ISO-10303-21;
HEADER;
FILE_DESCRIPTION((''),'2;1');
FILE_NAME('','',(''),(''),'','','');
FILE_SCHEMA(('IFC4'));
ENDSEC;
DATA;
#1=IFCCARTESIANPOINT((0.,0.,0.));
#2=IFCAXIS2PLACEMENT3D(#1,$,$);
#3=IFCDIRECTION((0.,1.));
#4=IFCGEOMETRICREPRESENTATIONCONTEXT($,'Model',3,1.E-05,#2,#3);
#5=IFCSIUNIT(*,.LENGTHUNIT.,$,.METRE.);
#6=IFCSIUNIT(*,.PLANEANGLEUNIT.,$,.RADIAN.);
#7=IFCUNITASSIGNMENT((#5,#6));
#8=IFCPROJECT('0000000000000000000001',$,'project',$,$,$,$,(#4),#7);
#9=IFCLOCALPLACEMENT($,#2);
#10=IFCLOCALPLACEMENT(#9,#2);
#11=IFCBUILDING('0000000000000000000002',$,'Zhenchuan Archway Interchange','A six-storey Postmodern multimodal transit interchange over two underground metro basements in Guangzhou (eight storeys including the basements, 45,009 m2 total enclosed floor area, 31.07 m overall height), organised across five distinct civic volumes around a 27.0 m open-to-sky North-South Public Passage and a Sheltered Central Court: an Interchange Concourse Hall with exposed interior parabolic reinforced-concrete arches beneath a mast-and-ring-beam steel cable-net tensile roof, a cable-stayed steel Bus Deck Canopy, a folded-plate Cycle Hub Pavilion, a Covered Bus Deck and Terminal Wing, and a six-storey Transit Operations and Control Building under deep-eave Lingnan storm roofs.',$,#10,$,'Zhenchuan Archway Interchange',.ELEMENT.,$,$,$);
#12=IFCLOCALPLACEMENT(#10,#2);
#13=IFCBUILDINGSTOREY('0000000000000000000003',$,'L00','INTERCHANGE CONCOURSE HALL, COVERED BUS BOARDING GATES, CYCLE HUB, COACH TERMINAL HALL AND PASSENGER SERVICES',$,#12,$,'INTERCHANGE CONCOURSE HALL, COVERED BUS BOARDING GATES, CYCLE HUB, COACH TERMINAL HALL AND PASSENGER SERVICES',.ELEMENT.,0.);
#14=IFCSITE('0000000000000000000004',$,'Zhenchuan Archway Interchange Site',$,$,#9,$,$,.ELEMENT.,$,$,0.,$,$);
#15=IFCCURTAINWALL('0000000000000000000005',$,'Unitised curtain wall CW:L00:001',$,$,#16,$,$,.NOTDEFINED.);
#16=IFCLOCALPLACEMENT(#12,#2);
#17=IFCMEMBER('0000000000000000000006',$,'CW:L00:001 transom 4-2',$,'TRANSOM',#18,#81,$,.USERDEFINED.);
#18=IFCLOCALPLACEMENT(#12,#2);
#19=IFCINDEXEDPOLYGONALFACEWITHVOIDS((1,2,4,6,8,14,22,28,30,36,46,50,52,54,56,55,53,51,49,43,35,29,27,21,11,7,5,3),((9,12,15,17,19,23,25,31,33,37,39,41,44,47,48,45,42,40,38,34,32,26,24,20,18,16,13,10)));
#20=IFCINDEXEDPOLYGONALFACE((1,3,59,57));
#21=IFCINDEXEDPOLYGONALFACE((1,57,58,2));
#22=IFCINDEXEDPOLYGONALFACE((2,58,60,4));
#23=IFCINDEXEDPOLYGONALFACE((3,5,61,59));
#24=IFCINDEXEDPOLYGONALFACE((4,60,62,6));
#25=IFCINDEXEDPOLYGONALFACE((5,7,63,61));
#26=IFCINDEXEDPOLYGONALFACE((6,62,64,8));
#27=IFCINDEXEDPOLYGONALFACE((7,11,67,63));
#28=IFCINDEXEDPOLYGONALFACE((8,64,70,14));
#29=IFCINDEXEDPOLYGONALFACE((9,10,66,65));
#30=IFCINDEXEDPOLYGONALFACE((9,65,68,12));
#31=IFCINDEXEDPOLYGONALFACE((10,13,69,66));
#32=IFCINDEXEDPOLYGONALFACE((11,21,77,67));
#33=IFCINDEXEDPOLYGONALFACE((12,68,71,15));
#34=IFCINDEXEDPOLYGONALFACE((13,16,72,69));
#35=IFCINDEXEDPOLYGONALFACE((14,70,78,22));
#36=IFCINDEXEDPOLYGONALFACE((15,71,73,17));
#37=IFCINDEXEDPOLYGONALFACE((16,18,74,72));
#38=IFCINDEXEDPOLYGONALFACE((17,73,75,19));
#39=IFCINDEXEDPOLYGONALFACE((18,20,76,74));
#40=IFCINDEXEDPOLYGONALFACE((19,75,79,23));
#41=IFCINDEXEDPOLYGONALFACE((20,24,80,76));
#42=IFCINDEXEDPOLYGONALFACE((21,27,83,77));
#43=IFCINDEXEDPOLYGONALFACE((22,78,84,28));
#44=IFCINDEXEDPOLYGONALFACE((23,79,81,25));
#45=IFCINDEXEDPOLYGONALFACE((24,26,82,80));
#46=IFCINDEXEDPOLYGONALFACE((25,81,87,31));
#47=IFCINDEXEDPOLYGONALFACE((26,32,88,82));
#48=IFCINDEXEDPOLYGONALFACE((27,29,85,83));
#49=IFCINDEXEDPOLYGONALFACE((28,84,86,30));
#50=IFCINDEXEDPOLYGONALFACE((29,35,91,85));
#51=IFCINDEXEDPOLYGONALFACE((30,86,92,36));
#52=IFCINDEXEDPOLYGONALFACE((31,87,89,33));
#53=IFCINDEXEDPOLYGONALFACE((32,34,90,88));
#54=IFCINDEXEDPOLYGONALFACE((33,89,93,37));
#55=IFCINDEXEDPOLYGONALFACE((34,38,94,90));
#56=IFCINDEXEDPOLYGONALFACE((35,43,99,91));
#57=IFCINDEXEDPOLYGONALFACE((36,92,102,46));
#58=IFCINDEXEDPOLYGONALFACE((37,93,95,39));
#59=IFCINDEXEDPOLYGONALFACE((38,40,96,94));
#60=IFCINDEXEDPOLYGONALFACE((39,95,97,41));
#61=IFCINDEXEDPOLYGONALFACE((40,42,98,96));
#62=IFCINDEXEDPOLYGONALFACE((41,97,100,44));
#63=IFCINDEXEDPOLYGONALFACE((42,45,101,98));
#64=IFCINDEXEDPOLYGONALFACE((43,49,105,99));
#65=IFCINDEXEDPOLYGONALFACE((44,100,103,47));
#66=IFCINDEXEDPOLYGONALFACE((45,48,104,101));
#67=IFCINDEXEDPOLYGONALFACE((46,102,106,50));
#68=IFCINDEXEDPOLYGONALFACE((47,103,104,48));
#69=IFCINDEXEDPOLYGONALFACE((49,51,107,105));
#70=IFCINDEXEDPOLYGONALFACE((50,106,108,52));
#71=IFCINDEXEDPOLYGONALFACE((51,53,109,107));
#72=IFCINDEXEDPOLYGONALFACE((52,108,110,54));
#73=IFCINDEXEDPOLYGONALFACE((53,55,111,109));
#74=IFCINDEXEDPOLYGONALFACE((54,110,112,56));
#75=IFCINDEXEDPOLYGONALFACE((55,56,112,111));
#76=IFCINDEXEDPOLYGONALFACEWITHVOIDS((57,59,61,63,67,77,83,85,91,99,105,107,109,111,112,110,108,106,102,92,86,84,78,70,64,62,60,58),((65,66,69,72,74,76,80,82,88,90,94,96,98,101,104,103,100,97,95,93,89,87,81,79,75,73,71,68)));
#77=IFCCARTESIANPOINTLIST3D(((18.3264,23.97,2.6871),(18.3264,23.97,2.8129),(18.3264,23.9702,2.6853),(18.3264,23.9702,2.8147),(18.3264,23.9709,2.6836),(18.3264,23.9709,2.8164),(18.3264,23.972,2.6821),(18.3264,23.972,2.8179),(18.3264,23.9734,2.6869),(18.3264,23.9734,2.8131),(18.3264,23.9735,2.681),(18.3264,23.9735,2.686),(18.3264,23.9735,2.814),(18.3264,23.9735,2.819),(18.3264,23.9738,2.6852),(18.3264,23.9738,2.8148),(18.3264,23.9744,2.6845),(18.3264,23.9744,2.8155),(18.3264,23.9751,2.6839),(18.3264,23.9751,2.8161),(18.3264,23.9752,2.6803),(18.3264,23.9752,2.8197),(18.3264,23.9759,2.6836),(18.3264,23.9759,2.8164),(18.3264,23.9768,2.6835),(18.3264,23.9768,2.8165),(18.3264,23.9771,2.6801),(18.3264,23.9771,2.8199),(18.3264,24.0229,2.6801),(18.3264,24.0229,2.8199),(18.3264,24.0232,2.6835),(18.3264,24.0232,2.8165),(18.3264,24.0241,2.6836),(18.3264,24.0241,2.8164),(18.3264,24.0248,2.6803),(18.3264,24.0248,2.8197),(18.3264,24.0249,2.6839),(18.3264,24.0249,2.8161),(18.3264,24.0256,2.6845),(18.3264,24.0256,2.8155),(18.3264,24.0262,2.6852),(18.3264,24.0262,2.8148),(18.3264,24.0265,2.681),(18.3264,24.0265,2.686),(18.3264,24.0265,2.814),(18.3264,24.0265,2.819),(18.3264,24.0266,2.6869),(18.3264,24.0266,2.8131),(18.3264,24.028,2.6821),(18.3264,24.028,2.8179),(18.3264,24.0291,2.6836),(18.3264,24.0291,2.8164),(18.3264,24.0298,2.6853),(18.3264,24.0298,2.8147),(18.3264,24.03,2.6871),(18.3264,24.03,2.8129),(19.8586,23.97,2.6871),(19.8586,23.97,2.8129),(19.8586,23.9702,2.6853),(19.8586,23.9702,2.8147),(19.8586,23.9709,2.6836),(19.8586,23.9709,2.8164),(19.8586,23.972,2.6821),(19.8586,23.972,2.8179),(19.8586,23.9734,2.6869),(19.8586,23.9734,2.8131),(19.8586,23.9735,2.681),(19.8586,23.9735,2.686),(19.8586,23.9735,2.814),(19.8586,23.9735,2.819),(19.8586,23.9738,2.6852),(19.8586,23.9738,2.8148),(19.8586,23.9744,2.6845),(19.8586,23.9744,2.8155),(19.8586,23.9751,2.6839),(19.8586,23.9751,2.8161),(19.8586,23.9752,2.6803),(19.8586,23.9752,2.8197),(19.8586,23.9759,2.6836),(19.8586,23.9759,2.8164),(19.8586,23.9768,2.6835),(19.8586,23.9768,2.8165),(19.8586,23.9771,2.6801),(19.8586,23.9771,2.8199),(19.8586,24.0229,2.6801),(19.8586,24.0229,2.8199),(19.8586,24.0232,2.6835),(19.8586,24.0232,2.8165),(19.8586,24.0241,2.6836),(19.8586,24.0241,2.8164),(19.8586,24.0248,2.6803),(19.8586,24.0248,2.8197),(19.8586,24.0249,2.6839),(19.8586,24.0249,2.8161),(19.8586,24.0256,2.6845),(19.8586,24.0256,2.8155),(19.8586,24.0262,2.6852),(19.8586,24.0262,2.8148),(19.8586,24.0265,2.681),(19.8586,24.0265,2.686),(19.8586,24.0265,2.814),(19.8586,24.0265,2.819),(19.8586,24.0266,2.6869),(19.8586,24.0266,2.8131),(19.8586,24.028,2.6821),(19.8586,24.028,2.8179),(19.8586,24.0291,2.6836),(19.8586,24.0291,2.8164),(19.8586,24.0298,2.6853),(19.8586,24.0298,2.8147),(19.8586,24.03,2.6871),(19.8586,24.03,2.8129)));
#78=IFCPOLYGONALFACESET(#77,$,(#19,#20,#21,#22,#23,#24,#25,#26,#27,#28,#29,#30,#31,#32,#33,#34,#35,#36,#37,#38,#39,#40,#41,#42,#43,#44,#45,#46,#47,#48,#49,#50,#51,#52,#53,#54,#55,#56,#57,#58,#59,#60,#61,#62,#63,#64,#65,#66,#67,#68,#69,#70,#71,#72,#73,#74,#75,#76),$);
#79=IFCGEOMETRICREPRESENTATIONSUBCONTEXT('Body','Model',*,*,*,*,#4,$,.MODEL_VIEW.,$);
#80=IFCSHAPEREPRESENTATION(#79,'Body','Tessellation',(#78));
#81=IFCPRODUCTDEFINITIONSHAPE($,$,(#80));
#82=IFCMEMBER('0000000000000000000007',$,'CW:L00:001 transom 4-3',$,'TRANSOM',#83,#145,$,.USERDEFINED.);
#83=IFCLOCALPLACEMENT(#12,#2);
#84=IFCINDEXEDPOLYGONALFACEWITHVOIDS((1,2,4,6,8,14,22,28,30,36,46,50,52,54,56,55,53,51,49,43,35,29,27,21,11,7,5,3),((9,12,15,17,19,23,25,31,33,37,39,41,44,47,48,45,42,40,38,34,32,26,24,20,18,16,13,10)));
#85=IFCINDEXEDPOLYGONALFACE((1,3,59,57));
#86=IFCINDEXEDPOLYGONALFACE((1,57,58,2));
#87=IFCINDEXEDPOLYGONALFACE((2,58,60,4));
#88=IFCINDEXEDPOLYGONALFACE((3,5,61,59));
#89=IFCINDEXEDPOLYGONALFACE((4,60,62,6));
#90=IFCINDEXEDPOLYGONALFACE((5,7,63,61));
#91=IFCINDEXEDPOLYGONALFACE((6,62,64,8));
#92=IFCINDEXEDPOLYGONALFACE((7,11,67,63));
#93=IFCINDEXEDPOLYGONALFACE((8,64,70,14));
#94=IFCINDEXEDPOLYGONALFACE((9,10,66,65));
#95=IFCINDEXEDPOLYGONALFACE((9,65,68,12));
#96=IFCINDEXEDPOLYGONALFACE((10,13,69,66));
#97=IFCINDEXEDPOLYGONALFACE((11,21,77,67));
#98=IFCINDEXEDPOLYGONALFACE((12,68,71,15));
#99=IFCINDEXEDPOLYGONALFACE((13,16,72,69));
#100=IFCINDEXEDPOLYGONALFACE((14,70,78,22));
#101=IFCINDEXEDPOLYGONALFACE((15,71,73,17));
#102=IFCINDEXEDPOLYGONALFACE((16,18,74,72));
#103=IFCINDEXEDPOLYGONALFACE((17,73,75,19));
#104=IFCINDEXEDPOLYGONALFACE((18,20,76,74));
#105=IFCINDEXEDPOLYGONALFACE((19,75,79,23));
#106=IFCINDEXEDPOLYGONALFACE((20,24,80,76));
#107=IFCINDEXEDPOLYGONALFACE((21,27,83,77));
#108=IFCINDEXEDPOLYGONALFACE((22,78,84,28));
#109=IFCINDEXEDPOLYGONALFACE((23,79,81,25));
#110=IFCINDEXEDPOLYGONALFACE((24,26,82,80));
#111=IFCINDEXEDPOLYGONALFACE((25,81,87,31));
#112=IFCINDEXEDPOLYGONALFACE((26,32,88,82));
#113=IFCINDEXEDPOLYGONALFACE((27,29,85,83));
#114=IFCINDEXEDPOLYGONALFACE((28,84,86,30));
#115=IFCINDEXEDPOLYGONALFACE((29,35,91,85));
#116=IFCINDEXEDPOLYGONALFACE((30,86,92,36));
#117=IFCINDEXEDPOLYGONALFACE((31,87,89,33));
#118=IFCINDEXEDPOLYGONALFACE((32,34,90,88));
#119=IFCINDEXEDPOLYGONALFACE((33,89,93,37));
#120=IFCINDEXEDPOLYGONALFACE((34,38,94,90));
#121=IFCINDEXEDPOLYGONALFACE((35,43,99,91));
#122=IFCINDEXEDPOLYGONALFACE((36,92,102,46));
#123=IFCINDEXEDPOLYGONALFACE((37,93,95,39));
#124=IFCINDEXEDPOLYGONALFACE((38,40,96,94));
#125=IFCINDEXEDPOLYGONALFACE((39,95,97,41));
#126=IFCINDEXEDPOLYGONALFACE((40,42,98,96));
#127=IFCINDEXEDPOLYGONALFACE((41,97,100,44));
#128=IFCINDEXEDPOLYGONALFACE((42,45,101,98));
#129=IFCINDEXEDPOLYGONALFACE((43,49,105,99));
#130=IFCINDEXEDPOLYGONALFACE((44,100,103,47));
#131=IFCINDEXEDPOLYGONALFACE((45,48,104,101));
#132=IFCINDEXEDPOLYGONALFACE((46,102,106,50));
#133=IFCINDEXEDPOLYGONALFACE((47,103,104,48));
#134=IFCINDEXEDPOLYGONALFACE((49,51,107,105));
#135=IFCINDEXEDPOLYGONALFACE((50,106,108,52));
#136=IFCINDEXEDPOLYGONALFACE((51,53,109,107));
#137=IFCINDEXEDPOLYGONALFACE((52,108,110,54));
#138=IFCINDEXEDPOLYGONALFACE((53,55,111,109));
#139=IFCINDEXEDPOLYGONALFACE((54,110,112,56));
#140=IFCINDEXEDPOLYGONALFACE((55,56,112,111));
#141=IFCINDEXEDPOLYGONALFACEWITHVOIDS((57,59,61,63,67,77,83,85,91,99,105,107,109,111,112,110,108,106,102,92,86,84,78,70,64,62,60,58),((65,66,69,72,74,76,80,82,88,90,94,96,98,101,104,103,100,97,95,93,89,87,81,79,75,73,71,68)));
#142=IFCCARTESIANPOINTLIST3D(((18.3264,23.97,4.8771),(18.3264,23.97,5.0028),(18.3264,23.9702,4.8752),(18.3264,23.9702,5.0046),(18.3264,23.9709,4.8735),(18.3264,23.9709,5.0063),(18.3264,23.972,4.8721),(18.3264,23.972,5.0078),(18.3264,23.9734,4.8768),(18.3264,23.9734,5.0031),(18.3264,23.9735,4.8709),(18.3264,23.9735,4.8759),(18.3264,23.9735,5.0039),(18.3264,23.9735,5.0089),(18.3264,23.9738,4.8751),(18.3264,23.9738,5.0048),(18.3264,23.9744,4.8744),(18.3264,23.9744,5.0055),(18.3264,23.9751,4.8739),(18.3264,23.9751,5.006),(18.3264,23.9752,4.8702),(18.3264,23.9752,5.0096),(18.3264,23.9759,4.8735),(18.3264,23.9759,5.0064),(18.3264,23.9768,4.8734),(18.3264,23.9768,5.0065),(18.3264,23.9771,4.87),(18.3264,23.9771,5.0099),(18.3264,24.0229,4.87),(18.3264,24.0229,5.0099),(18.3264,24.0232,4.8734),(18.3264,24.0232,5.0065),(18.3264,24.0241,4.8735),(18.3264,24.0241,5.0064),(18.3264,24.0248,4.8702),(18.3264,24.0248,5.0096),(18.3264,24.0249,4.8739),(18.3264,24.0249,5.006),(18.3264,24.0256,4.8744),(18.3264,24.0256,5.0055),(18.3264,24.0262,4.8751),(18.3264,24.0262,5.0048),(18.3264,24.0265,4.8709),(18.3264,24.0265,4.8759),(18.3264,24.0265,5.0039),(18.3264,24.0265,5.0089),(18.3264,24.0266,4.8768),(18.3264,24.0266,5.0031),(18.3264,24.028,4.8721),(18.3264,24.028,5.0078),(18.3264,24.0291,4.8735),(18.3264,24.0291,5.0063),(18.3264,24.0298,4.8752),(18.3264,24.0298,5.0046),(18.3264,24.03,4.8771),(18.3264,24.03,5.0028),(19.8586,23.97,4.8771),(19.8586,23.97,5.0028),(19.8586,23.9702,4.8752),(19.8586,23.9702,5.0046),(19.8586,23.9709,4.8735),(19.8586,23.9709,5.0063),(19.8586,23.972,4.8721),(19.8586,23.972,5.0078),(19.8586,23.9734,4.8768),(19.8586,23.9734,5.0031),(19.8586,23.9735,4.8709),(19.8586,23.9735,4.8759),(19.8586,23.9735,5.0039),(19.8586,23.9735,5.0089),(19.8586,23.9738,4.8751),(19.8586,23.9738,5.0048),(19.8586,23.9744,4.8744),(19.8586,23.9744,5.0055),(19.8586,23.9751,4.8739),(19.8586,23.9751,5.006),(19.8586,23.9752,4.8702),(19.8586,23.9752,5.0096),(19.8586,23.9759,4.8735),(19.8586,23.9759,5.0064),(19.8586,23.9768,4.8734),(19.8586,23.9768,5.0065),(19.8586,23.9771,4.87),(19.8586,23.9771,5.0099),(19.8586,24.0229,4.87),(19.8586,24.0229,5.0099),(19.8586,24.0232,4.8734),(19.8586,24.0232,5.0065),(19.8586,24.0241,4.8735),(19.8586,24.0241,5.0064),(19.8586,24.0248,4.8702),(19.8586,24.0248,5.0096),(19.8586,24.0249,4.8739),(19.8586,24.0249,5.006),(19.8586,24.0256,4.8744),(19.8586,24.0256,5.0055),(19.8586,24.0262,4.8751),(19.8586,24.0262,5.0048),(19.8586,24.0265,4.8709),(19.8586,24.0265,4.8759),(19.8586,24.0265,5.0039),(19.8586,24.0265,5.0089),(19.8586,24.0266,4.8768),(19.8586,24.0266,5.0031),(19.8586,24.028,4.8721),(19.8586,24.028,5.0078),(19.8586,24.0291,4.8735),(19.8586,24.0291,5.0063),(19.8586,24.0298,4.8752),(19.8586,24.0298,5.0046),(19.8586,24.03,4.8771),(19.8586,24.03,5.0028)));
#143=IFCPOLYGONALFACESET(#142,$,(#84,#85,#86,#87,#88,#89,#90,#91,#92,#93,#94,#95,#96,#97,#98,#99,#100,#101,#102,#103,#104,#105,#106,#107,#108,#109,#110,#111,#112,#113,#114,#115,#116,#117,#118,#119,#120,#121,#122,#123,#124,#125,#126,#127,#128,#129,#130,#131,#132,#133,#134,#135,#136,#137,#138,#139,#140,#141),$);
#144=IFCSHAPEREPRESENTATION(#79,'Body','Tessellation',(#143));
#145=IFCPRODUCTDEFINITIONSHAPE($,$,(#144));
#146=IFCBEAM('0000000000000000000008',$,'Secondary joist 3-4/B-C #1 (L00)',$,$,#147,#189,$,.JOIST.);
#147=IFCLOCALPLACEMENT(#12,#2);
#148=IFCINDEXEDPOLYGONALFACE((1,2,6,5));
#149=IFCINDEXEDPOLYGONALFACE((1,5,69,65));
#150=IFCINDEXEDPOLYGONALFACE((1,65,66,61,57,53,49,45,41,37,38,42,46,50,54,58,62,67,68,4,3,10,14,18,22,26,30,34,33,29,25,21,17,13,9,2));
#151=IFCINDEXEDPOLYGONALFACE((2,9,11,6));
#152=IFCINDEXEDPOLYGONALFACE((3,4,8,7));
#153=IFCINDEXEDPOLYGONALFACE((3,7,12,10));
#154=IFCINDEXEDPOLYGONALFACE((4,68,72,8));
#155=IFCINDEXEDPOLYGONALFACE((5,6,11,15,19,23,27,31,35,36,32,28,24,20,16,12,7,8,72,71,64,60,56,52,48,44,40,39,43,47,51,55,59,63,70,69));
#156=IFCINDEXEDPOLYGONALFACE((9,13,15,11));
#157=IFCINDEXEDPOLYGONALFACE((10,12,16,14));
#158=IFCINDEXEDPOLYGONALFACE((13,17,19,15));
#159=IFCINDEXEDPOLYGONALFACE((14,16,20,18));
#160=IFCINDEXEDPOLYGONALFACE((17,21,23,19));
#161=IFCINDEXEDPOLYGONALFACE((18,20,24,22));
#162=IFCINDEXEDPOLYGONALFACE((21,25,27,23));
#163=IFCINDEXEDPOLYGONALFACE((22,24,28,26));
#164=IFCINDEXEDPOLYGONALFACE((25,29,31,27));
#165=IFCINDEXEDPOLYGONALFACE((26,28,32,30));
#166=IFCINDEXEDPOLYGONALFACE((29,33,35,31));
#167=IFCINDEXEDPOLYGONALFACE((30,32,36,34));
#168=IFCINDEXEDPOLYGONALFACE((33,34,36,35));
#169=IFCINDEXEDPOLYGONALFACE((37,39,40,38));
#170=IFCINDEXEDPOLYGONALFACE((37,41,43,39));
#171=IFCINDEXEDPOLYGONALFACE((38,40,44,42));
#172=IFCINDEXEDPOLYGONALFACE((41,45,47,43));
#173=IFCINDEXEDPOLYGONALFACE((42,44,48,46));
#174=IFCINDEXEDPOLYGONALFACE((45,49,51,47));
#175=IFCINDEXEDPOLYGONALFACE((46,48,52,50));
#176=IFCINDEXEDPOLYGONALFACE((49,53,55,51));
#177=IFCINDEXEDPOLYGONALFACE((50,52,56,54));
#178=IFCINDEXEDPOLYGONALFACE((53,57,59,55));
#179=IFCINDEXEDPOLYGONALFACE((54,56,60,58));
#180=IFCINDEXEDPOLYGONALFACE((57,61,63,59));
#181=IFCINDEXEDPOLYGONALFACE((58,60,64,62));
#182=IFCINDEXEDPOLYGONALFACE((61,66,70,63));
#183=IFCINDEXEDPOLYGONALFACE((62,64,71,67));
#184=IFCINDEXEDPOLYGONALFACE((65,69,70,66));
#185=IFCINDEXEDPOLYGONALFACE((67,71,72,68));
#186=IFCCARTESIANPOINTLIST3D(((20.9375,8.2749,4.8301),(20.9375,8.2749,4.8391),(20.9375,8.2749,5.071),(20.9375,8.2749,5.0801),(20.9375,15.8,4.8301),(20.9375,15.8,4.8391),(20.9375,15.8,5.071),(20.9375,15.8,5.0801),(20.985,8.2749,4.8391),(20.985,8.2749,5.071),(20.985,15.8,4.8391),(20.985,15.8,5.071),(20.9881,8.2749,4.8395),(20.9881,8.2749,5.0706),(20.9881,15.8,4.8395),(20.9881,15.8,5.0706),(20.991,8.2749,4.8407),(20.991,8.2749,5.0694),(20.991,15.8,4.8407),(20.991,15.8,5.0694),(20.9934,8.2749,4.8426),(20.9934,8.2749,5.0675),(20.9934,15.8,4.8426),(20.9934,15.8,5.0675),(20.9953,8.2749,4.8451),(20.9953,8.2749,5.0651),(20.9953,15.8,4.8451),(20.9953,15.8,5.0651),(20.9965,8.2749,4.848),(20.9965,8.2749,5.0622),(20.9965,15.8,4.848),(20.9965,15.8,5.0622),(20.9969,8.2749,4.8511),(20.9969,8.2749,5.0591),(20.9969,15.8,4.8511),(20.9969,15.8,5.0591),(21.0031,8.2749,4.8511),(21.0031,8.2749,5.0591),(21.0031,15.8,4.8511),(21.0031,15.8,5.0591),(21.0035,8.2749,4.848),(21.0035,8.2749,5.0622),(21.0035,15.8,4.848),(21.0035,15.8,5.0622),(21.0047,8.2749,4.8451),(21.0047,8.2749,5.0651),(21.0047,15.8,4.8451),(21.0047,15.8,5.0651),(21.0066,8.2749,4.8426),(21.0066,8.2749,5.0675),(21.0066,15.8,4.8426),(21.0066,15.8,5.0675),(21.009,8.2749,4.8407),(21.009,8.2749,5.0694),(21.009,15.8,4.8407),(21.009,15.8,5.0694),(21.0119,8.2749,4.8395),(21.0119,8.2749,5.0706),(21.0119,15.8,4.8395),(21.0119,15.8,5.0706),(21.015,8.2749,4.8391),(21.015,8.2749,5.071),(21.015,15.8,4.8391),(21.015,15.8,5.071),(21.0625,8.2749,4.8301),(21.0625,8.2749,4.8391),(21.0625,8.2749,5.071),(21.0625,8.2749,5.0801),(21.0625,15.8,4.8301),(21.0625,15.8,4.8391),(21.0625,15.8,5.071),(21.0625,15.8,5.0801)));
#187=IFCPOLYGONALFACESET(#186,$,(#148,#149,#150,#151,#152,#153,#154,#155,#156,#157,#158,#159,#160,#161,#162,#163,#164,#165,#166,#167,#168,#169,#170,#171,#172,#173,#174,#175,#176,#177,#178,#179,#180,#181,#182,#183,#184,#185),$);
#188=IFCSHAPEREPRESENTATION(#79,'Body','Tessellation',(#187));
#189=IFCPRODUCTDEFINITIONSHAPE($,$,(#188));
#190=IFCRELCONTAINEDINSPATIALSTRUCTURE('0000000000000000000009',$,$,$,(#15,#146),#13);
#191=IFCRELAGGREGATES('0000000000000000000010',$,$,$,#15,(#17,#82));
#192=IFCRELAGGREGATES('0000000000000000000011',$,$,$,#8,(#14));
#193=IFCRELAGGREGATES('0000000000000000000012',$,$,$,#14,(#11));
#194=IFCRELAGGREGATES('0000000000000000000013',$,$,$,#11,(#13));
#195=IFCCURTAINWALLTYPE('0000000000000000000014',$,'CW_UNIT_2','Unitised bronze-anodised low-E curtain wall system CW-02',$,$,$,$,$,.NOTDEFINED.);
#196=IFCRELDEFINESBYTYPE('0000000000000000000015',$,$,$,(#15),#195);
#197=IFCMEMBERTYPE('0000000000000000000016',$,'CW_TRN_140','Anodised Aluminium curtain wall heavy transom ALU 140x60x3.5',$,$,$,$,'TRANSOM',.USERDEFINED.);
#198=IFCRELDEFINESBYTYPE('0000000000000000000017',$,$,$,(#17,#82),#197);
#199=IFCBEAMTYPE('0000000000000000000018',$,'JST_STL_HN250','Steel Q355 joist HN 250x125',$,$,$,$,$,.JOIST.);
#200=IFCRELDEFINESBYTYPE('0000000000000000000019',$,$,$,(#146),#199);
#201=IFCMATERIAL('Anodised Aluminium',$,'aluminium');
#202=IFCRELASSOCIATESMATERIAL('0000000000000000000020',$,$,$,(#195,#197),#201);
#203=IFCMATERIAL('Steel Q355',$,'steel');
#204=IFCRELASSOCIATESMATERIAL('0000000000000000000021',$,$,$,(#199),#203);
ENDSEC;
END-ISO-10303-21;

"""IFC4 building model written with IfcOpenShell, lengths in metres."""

from ifc_helpers import new_model, si_unit, direction, frame, origin, origin_2d, place, context, subcontext, project, spatial, hollow_rectangle, i_section, extrude, material, material_profile, profile_set, type_object, element, aggregate, save


model = new_model("IFC4")

# Units and contexts
model_context = context("Model", 3, precision=1e-05, world=origin(), true_north=direction((0.0, 1.0)))
body_context = subcontext(model_context, "Body", "Model", "MODEL_VIEW")
ifc_project = project(units=[si_unit("LENGTHUNIT", "METRE"), si_unit("PLANEANGLEUNIT", "RADIAN")], contexts=[model_context])

# Site, building, storey
site_placement = place(None, origin())
site = spatial("IfcSite", under=ifc_project, at=site_placement, Name="Zhenchuan Archway Interchange Site", CompositionType="ELEMENT", RefElevation=0.0)
building_placement = place(site_placement, origin())
building = spatial("IfcBuilding", under=site, at=building_placement, Name="Zhenchuan Archway Interchange", Description="A six-storey Postmodern multimodal transit interchange over two underground metro basements in Guangzhou (eight storeys including the basements, 45,009 m2 total enclosed floor area, 31.07 m overall height), organised across five distinct civic volumes around a 27.0 m open-to-sky North-South Public Passage and a Sheltered Central Court: an Interchange Concourse Hall with exposed interior parabolic reinforced-concrete arches beneath a mast-and-ring-beam steel cable-net tensile roof, a cable-stayed steel Bus Deck Canopy, a folded-plate Cycle Hub Pavilion, a Covered Bus Deck and Terminal Wing, and a six-storey Transit Operations and Control Building under deep-eave Lingnan storm roofs.", LongName="Zhenchuan Archway Interchange", CompositionType="ELEMENT")
storey_placement = place(building_placement, origin())
storey = spatial("IfcBuildingStorey", under=building, at=storey_placement, Name="L00", Description="INTERCHANGE CONCOURSE HALL, COVERED BUS BOARDING GATES, CYCLE HUB, COACH TERMINAL HALL AND PASSENGER SERVICES", LongName="INTERCHANGE CONCOURSE HALL, COVERED BUS BOARDING GATES, CYCLE HUB, COACH TERMINAL HALL AND PASSENGER SERVICES", CompositionType="ELEMENT", Elevation=0.0)

# Curtain wall, members
ifc_material_1 = material(Name="Anodised Aluminium", Category="aluminium")
curtain_wall_type = type_object("IfcCurtainWallType", Name="CW_UNIT_2", Description="Unitised bronze-anodised low-E curtain wall system CW-02", PredefinedType="NOTDEFINED", material=ifc_material_1)
curtain_wall_placement = place(storey_placement, origin())
curtain_wall = element("IfcCurtainWall", 1, at=curtain_wall_placement, inside=storey, type_object=curtain_wall_type, Name="Unitised curtain wall CW:L00:001", PredefinedType="NOTDEFINED")
ifc_material_profile_1 = material_profile(ifc_material_1, hollow_rectangle(XDim=0.0601, YDim=0.1399, WallThickness=0.0034, InnerFilletRadius=0.0034, OuterFilletRadius=0.0071, at=origin_2d()), Name="ALU 140x60x3.5")
ifc_profile_set_1 = profile_set([ifc_material_profile_1], Name="Anodised Aluminium")
member_type_1 = type_object("IfcMemberType", Name="CW_TRN_140", Description="Anodised Aluminium curtain wall heavy transom ALU 140x60x3.5", ElementType="TRANSOM", PredefinedType="USERDEFINED", material=ifc_profile_set_1)
member_1_placement = place(storey_placement, frame((19.8586, 24.0, 2.75), z_axis=(-1.0, 0.0, 0.0), x_axis=(0.0, -1.0, 0.0)))
member_1 = element("IfcMember", 2, at=member_1_placement, type_object=member_type_1, Name="CW:L00:001 transom 4-2", ObjectType="TRANSOM", PredefinedType="USERDEFINED", context=body_context, shape_type="SweptSolid", body=[
    extrude(hollow_rectangle(XDim=0.0601, YDim=0.1399, WallThickness=0.0034, InnerFilletRadius=0.0034, OuterFilletRadius=0.0071, at=origin_2d()), origin(), (0.0, 0.0, 1.0), 1.5322),
])
member_2_placement = place(storey_placement, frame((19.8586, 24.0, 4.9399), z_axis=(-1.0, 0.0, 0.0), x_axis=(0.0, -1.0, 0.0)))
member_2 = element("IfcMember", 3, at=member_2_placement, type_object=member_type_1, Name="CW:L00:001 transom 4-3", ObjectType="TRANSOM", PredefinedType="USERDEFINED", context=body_context, shape_type="SweptSolid", body=[
    extrude(hollow_rectangle(XDim=0.0601, YDim=0.1399, WallThickness=0.0034, InnerFilletRadius=0.0034, OuterFilletRadius=0.0071, at=origin_2d()), origin(), (0.0, 0.0, 1.0), 1.5322),
])

# Beam
ifc_material_2 = material(Name="Steel Q355", Category="steel")
ifc_material_profile_2 = material_profile(ifc_material_2, i_section(OverallWidth=0.125, OverallDepth=0.25, WebThickness=0.0061, FlangeThickness=0.009, FilletRadius=0.012, at=origin_2d()), Name="HN 250x125")
ifc_profile_set_2 = profile_set([ifc_material_profile_2], Name="Steel Q355")
beam_type = type_object("IfcBeamType", Name="JST_STL_HN250", Description="Steel Q355 joist HN 250x125", PredefinedType="JOIST", material=ifc_profile_set_2)
for number, where, z_axis, x_axis, name in (
    (4, (21.0, 8.2749, 4.9551), (0.0, 1.0, 0.0), (-1.0, 0.0, 0.0), "Secondary joist 3-4/B-C #1 (L00)"),
):
    element("IfcBeam", number, at=place(storey_placement, frame(where, z_axis=z_axis, x_axis=x_axis)), inside=storey, type_object=beam_type, Name=name, PredefinedType="JOIST", context=body_context, shape_type="SweptSolid", body=[
        extrude(i_section(OverallWidth=0.125, OverallDepth=0.25, WebThickness=0.0061, FlangeThickness=0.009, FilletRadius=0.012, at=origin_2d()), origin(), (0.0, 0.0, 1.0), 7.5251),
    ])

aggregate(curtain_wall, [member_1, member_2])

save(model, "model.ifc")
